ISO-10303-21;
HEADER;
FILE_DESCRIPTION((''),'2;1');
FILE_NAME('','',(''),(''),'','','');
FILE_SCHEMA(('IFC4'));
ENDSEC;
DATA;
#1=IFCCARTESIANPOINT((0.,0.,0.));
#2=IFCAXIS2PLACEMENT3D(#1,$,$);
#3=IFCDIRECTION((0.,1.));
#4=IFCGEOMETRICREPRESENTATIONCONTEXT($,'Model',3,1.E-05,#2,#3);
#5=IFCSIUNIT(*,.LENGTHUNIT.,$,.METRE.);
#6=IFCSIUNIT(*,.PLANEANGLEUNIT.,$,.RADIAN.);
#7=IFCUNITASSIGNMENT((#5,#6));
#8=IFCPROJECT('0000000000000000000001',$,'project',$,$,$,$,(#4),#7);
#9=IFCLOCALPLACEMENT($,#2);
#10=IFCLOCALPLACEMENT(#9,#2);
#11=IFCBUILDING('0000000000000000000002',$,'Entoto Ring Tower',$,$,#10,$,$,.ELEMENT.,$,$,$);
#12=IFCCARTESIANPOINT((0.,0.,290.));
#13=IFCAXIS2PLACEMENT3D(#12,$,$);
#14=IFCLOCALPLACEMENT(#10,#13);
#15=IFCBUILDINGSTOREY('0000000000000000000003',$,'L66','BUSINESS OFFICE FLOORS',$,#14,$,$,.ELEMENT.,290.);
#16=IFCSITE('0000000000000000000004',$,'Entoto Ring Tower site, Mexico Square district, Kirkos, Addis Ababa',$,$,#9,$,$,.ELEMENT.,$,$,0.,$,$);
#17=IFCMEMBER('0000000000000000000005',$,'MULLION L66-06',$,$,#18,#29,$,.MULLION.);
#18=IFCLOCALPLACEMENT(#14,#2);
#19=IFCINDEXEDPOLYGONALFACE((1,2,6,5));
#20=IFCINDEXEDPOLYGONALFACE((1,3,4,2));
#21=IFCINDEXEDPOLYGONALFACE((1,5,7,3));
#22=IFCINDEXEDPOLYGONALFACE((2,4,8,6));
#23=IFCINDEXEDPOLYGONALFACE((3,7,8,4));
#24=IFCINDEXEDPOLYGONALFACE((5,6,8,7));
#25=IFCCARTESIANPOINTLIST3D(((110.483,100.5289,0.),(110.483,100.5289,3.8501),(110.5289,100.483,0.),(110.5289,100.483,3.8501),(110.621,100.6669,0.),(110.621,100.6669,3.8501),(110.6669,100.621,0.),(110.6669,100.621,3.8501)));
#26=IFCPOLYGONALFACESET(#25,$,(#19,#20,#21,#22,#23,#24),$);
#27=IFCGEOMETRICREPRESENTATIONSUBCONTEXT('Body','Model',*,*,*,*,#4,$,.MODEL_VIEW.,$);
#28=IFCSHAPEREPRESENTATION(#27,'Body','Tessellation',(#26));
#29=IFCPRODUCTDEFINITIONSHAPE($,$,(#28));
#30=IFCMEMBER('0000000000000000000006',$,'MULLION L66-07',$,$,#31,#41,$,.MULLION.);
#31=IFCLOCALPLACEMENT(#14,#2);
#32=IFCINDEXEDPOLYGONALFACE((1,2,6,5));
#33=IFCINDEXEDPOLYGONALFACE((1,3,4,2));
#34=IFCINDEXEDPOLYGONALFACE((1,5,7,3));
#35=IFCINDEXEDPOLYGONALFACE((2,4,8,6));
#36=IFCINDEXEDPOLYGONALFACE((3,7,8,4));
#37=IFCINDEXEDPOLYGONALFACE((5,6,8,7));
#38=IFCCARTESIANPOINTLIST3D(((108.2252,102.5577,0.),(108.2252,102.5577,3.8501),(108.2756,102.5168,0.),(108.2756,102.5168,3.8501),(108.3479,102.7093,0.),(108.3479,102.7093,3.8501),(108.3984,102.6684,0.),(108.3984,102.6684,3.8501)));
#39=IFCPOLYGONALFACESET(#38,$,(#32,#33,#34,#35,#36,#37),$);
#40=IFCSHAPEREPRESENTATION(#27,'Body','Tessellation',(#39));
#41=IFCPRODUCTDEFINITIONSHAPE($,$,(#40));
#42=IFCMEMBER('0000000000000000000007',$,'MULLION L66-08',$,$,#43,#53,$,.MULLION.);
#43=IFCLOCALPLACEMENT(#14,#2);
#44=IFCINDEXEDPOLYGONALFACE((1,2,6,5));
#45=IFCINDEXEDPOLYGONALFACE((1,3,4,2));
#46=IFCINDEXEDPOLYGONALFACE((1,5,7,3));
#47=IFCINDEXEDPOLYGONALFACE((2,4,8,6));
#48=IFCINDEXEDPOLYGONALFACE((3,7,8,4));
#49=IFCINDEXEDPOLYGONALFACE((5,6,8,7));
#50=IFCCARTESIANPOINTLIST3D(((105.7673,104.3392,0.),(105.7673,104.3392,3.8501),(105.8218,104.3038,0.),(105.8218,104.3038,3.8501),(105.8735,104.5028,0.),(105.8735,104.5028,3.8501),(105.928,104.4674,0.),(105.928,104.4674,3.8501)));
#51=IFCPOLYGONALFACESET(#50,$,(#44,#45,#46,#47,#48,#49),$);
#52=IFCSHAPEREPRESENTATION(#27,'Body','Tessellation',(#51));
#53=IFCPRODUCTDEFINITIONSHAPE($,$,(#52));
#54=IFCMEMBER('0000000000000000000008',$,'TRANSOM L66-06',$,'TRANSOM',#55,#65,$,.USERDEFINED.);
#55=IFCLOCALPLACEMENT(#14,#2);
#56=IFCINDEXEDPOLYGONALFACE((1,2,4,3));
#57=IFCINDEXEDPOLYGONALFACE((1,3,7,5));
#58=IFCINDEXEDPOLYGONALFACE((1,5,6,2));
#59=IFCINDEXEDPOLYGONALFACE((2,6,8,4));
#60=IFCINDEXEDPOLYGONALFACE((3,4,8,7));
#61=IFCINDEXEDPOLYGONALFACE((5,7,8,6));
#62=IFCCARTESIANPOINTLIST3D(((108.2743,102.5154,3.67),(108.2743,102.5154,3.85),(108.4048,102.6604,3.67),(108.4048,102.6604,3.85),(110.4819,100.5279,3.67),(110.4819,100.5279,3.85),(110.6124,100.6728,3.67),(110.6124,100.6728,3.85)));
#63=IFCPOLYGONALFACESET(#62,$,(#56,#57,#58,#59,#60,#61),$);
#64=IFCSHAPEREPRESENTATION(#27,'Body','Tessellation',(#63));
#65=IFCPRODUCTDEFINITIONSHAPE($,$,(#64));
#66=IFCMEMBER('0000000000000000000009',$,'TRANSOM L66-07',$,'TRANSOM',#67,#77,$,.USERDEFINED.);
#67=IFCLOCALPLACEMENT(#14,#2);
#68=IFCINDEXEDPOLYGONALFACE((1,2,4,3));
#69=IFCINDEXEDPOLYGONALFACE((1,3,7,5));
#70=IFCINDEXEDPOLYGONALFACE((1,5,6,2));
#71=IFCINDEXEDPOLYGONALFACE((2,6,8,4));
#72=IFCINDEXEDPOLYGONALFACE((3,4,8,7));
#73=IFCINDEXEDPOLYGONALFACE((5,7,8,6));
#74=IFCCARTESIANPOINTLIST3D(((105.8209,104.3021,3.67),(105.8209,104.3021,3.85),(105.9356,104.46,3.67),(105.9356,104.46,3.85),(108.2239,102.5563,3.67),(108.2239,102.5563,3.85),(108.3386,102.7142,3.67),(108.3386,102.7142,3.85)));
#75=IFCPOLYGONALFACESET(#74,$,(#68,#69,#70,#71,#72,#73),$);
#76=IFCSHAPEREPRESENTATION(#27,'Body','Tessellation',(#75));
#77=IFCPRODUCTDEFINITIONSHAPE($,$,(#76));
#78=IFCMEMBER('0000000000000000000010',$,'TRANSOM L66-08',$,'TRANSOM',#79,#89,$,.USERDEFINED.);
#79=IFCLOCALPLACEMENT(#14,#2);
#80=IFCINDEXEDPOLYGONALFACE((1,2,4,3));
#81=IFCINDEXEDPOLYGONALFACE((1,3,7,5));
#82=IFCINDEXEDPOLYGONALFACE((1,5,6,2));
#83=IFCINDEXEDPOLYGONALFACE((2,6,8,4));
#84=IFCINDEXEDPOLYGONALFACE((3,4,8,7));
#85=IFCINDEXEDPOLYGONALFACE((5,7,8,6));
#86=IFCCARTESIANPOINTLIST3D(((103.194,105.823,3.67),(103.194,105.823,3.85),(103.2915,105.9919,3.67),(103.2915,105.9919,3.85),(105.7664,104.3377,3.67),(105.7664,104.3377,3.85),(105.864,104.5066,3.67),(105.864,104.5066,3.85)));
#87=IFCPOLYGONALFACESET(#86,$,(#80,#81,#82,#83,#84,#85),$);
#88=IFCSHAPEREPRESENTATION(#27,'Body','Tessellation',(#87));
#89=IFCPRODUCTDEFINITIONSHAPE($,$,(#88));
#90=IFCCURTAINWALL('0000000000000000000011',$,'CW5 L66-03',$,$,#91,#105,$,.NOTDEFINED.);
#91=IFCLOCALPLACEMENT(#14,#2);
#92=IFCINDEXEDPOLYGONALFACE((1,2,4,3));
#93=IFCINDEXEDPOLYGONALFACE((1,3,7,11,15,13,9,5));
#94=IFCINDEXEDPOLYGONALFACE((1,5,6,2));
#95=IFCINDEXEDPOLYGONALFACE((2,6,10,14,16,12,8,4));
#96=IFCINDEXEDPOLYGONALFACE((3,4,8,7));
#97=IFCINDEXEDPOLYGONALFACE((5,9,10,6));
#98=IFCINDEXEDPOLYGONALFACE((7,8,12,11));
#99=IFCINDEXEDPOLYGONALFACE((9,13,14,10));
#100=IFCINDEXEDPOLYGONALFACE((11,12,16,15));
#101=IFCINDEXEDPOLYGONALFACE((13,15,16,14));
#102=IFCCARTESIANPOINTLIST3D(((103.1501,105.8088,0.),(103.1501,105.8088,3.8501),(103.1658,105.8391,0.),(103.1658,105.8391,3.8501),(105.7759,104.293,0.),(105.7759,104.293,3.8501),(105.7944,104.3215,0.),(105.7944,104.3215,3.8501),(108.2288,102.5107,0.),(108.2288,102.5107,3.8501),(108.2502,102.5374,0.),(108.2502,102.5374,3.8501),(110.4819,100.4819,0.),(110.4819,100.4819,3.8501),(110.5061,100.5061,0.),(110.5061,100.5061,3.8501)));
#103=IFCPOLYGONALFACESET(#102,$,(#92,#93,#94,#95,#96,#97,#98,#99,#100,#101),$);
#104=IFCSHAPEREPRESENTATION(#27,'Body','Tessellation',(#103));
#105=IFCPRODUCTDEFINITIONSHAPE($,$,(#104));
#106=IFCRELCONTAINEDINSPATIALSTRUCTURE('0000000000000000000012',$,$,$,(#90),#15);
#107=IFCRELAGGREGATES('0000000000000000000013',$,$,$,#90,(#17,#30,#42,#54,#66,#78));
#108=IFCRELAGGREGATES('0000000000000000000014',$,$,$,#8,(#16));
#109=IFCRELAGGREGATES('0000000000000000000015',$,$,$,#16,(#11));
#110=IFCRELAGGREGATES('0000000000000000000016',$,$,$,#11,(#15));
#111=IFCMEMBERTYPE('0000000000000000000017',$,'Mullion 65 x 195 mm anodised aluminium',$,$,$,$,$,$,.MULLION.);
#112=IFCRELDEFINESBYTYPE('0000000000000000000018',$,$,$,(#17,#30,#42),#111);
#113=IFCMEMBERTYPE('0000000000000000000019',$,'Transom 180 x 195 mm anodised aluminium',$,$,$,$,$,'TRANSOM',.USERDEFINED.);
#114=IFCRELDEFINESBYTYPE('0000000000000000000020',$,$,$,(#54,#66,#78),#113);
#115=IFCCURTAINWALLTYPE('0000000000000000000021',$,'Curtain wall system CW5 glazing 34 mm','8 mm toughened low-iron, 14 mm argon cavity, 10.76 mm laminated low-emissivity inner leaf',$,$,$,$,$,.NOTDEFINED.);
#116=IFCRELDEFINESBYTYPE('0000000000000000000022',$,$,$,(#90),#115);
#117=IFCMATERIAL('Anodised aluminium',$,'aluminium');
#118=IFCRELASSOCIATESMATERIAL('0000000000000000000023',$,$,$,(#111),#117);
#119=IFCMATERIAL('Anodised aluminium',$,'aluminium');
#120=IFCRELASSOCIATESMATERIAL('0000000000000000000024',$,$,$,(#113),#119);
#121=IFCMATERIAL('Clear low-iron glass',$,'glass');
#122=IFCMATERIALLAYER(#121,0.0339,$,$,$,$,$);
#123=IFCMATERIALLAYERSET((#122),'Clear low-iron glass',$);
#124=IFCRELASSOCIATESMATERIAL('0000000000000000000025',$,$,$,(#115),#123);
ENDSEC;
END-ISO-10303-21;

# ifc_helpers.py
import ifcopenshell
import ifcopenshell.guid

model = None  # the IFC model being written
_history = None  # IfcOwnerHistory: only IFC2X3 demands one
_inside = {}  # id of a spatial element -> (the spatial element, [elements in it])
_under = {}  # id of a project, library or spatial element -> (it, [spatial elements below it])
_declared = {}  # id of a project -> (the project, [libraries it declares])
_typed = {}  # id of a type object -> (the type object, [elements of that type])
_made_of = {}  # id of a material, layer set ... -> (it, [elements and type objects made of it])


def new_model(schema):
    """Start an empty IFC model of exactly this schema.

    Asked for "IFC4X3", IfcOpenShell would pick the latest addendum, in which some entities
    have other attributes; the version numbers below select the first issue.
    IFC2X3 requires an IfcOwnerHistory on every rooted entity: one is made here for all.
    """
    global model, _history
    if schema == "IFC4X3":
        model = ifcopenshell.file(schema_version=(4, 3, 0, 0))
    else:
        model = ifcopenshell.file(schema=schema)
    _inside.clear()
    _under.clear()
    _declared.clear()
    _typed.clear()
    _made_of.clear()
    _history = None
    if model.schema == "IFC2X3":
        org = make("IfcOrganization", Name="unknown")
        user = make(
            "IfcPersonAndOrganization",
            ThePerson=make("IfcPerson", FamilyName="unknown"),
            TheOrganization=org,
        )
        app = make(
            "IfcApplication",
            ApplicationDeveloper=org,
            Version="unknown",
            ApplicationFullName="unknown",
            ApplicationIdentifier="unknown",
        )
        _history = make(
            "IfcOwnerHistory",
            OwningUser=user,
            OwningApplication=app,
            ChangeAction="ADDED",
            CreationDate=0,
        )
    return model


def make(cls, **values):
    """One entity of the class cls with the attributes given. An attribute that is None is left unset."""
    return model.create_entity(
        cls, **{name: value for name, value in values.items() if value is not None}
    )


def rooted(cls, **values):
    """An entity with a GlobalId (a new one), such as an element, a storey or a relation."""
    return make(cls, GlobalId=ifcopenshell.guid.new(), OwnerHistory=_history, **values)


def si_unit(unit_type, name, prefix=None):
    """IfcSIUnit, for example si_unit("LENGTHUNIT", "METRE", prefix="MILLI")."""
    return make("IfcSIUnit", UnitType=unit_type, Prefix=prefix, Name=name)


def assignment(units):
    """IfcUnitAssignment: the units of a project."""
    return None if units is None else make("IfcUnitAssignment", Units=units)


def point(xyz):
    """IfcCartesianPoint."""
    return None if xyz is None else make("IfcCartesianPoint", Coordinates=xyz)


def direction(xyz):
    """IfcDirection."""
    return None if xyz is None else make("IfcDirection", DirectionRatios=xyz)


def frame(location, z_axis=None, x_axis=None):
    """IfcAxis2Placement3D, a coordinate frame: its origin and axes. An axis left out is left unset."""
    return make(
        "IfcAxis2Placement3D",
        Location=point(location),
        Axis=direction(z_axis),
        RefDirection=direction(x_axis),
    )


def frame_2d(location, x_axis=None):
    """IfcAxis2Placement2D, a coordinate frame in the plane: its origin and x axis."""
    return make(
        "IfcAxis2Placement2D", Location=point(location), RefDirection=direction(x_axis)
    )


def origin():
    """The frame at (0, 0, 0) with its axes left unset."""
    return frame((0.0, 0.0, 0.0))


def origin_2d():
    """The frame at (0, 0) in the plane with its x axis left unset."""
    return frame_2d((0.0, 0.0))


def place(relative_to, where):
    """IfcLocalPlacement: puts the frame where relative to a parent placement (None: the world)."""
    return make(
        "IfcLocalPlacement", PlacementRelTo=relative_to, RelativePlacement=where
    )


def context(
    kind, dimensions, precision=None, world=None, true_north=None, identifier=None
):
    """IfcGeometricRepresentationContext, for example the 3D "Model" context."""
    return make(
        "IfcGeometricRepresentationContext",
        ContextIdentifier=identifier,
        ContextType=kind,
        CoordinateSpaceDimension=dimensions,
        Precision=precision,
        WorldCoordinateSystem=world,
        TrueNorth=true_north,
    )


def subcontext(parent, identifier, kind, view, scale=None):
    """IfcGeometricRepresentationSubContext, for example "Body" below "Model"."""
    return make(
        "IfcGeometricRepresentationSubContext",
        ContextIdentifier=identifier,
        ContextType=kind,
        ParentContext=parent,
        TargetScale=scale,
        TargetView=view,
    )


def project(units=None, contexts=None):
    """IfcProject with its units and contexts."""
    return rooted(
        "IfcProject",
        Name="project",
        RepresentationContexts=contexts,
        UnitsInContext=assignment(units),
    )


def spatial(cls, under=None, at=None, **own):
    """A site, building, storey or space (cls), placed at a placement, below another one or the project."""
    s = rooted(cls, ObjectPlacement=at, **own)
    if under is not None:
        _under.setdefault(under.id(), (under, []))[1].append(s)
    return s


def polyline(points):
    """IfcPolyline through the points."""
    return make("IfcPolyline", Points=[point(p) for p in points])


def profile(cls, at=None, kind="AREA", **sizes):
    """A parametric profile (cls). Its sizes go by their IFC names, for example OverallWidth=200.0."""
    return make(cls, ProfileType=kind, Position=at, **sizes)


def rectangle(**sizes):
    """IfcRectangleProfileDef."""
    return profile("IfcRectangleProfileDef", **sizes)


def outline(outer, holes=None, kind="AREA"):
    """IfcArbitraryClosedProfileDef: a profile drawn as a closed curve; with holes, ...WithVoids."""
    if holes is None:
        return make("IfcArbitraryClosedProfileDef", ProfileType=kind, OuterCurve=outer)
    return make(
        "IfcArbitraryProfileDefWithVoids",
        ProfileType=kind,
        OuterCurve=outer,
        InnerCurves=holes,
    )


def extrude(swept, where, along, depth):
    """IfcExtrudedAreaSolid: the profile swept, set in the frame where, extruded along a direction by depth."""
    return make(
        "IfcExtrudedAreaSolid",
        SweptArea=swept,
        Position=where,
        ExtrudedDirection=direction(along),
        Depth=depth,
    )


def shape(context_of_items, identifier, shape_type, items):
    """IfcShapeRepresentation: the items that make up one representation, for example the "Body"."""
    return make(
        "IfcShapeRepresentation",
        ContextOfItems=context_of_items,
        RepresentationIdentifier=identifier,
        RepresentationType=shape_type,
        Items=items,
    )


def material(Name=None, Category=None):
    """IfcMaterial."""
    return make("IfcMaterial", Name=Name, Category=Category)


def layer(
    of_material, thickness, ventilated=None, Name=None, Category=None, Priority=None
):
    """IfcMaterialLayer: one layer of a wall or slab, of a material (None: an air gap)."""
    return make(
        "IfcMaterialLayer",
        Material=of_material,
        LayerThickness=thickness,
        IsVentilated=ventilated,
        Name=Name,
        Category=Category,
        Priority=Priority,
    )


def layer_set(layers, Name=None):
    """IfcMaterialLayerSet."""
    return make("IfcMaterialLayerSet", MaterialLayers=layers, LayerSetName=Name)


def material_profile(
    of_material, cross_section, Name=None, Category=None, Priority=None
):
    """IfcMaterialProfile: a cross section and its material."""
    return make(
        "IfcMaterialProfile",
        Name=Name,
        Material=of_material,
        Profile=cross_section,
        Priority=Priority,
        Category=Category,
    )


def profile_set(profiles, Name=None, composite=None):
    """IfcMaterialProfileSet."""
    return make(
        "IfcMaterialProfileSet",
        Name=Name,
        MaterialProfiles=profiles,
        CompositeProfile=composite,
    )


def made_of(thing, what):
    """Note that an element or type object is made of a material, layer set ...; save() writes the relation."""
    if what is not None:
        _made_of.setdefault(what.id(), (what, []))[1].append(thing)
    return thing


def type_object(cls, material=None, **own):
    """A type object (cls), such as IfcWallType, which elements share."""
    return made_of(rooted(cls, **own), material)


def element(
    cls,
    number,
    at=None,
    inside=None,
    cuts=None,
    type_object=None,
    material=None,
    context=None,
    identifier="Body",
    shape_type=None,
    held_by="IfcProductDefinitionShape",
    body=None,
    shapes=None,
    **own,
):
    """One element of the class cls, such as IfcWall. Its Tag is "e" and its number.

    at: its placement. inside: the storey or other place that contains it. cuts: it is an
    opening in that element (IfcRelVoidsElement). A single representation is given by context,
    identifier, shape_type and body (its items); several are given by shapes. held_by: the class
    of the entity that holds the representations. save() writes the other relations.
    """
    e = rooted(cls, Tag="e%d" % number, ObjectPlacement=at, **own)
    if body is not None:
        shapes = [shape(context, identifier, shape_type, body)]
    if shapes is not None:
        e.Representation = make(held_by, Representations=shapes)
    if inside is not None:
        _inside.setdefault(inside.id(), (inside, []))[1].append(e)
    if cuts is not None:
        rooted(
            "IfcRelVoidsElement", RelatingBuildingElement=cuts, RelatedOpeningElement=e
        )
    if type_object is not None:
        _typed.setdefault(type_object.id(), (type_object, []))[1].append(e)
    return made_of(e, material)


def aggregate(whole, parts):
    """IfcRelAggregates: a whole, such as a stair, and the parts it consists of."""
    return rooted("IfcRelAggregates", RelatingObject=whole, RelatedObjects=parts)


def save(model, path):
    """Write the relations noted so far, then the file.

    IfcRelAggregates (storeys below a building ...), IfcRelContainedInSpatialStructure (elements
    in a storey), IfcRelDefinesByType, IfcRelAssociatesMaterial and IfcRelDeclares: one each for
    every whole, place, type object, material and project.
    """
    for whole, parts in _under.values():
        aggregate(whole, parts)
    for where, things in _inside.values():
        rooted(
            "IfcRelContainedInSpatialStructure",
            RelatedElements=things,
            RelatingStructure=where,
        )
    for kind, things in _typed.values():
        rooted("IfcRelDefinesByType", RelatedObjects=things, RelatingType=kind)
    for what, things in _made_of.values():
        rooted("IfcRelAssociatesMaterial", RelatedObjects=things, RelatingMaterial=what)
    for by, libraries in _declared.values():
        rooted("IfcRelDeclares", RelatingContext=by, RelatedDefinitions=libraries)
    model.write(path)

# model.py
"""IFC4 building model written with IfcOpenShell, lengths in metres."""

from ifc_helpers import new_model, si_unit, direction, frame, origin, origin_2d, place, context, subcontext, project, spatial, polyline, rectangle, outline, extrude, material, layer, layer_set, material_profile, profile_set, type_object, element, aggregate, save


model = new_model("IFC4")

# Units and contexts
model_context = context("Model", 3, precision=1e-05, world=origin(), true_north=direction((0.0, 1.0)))
body_context = subcontext(model_context, "Body", "Model", "MODEL_VIEW")
ifc_project = project(units=[si_unit("LENGTHUNIT", "METRE"), si_unit("PLANEANGLEUNIT", "RADIAN")], contexts=[model_context])

# Members
ifc_material_1 = material(Name="Anodised aluminium", Category="aluminium")
ifc_material_profile_1 = material_profile(ifc_material_1, rectangle(XDim=0.0649, YDim=0.1951, at=origin_2d()), Name="Mullion 65 x 195 mm anodised aluminium")
ifc_profile_set_1 = profile_set([ifc_material_profile_1], Name="Anodised aluminium")
member_type_1 = type_object("IfcMemberType", Name="Mullion 65 x 195 mm anodised aluminium", PredefinedType="MULLION", material=ifc_profile_set_1)
site_placement = place(None, origin())
building_placement = place(site_placement, origin())
storey_placement = place(building_placement, frame((0.0, 0.0, 290.0)))
member_1_placement = place(storey_placement, frame((110.575, 100.575, 0.0), z_axis=(0.0, 0.0, 1.0), x_axis=(-0.707107, 0.707107, 0.0)))
member_1 = element("IfcMember", 1, at=member_1_placement, type_object=member_type_1, Name="MULLION L66-06", PredefinedType="MULLION", context=body_context, shape_type="SweptSolid", body=[
    extrude(rectangle(XDim=0.0649, YDim=0.1951, at=origin_2d()), origin(), (0.0, 0.0, 1.0), 3.8501),
])
member_2_placement = place(storey_placement, frame((108.3118, 102.613, 0.0), z_axis=(0.0, 0.0, 1.0), x_axis=(-0.777146, 0.62932, 0.0)))
member_2 = element("IfcMember", 2, at=member_2_placement, type_object=member_type_1, Name="MULLION L66-07", PredefinedType="MULLION", context=body_context, shape_type="SweptSolid", body=[
    extrude(rectangle(XDim=0.0649, YDim=0.1951, at=origin_2d()), origin(), (0.0, 0.0, 1.0), 3.8501),
])
member_3_placement = place(storey_placement, frame((105.8477, 104.4033, 0.0), z_axis=(0.0, 0.0, 1.0), x_axis=(-0.838671, 0.544639, 0.0)))
member_3 = element("IfcMember", 3, at=member_3_placement, type_object=member_type_1, Name="MULLION L66-08", PredefinedType="MULLION", context=body_context, shape_type="SweptSolid", body=[
    extrude(rectangle(XDim=0.0649, YDim=0.1951, at=origin_2d()), origin(), (0.0, 0.0, 1.0), 3.8501),
])
ifc_material_2 = material(Name="Anodised aluminium", Category="aluminium")
ifc_material_profile_2 = material_profile(ifc_material_2, rectangle(XDim=0.1951, YDim=0.1799, at=origin_2d()), Name="Transom 180 x 195 mm anodised aluminium")
ifc_profile_set_2 = profile_set([ifc_material_profile_2], Name="Anodised aluminium")
member_type_2 = type_object("IfcMemberType", Name="Transom 180 x 195 mm anodised aluminium", ElementType="TRANSOM", PredefinedType="USERDEFINED", material=ifc_profile_set_2)
member_4_placement = place(storey_placement, frame((110.5471, 100.6003, 3.76), z_axis=(-0.743163, 0.66911, 0.0), x_axis=(-0.66911, -0.743163, 0.0)))
member_4 = element("IfcMember", 4, at=member_4_placement, type_object=member_type_2, Name="TRANSOM L66-06", ObjectType="TRANSOM", PredefinedType="USERDEFINED", context=body_context, shape_type="SweptSolid", body=[
    extrude(rectangle(XDim=0.1951, YDim=0.1799, at=origin_2d()), origin(), (0.0, 0.0, 1.0), 2.9705),
])
member_5_placement = place(storey_placement, frame((108.2812, 102.6353, 3.76), z_axis=(-0.809031, 0.587766, 0.0), x_axis=(-0.587766, -0.809031, 0.0)))
member_5 = element("IfcMember", 5, at=member_5_placement, type_object=member_type_2, Name="TRANSOM L66-07", ObjectType="TRANSOM", PredefinedType="USERDEFINED", context=body_context, shape_type="SweptSolid", body=[
    extrude(rectangle(XDim=0.1951, YDim=0.1799, at=origin_2d()), origin(), (0.0, 0.0, 1.0), 2.9702),
])
member_6_placement = place(storey_placement, frame((105.8152, 104.4221, 3.76), z_axis=(-0.866009, 0.500028, 0.0), x_axis=(-0.500028, -0.866009, 0.0)))
member_6 = element("IfcMember", 6, at=member_6_placement, type_object=member_type_2, Name="TRANSOM L66-08", ObjectType="TRANSOM", PredefinedType="USERDEFINED", context=body_context, shape_type="SweptSolid", body=[
    extrude(rectangle(XDim=0.1951, YDim=0.1799, at=origin_2d()), origin(), (0.0, 0.0, 1.0), 2.9705),
])

# Site, building, storey
site = spatial("IfcSite", under=ifc_project, at=site_placement, Name="Entoto Ring Tower site, Mexico Square district, Kirkos, Addis Ababa", CompositionType="ELEMENT", RefElevation=0.0)
building = spatial("IfcBuilding", under=site, at=building_placement, Name="Entoto Ring Tower", CompositionType="ELEMENT")
storey = spatial("IfcBuildingStorey", under=building, at=storey_placement, Name="L66", Description="BUSINESS OFFICE FLOORS", CompositionType="ELEMENT", Elevation=290.0)

# Curtain wall
ifc_material_3 = material(Name="Clear low-iron glass", Category="glass")
ifc_layer = layer(ifc_material_3, 0.0339)
ifc_layer_set = layer_set([ifc_layer], Name="Clear low-iron glass")
curtain_wall_type = type_object("IfcCurtainWallType", Name="Curtain wall system CW5 glazing 34 mm", Description="8 mm toughened low-iron, 14 mm argon cavity, 10.76 mm laminated low-emissivity inner leaf", PredefinedType="NOTDEFINED", material=ifc_layer_set)
curtain_wall_1_placement = place(storey_placement, origin())
curtain_wall_1 = element("IfcCurtainWall", 7, at=curtain_wall_1_placement, inside=storey, type_object=curtain_wall_type, Name="CW5 L66-03", PredefinedType="NOTDEFINED", context=body_context, shape_type="SweptSolid", body=[
    extrude(outline(polyline([(110.5061, 100.5061), (108.2502, 102.5374), (105.7944, 104.3215), (103.1658, 105.8391), (103.1501, 105.8088), (105.7759, 104.293), (108.2288, 102.5107), (110.4819, 100.4819), (110.5061, 100.5061)])), origin(), (0.0, 0.0, 1.0), 3.8501),
])
aggregate(curtain_wall_1, [member_1, member_2, member_3, member_4, member_5, member_6])

save(model, "model.ifc")
